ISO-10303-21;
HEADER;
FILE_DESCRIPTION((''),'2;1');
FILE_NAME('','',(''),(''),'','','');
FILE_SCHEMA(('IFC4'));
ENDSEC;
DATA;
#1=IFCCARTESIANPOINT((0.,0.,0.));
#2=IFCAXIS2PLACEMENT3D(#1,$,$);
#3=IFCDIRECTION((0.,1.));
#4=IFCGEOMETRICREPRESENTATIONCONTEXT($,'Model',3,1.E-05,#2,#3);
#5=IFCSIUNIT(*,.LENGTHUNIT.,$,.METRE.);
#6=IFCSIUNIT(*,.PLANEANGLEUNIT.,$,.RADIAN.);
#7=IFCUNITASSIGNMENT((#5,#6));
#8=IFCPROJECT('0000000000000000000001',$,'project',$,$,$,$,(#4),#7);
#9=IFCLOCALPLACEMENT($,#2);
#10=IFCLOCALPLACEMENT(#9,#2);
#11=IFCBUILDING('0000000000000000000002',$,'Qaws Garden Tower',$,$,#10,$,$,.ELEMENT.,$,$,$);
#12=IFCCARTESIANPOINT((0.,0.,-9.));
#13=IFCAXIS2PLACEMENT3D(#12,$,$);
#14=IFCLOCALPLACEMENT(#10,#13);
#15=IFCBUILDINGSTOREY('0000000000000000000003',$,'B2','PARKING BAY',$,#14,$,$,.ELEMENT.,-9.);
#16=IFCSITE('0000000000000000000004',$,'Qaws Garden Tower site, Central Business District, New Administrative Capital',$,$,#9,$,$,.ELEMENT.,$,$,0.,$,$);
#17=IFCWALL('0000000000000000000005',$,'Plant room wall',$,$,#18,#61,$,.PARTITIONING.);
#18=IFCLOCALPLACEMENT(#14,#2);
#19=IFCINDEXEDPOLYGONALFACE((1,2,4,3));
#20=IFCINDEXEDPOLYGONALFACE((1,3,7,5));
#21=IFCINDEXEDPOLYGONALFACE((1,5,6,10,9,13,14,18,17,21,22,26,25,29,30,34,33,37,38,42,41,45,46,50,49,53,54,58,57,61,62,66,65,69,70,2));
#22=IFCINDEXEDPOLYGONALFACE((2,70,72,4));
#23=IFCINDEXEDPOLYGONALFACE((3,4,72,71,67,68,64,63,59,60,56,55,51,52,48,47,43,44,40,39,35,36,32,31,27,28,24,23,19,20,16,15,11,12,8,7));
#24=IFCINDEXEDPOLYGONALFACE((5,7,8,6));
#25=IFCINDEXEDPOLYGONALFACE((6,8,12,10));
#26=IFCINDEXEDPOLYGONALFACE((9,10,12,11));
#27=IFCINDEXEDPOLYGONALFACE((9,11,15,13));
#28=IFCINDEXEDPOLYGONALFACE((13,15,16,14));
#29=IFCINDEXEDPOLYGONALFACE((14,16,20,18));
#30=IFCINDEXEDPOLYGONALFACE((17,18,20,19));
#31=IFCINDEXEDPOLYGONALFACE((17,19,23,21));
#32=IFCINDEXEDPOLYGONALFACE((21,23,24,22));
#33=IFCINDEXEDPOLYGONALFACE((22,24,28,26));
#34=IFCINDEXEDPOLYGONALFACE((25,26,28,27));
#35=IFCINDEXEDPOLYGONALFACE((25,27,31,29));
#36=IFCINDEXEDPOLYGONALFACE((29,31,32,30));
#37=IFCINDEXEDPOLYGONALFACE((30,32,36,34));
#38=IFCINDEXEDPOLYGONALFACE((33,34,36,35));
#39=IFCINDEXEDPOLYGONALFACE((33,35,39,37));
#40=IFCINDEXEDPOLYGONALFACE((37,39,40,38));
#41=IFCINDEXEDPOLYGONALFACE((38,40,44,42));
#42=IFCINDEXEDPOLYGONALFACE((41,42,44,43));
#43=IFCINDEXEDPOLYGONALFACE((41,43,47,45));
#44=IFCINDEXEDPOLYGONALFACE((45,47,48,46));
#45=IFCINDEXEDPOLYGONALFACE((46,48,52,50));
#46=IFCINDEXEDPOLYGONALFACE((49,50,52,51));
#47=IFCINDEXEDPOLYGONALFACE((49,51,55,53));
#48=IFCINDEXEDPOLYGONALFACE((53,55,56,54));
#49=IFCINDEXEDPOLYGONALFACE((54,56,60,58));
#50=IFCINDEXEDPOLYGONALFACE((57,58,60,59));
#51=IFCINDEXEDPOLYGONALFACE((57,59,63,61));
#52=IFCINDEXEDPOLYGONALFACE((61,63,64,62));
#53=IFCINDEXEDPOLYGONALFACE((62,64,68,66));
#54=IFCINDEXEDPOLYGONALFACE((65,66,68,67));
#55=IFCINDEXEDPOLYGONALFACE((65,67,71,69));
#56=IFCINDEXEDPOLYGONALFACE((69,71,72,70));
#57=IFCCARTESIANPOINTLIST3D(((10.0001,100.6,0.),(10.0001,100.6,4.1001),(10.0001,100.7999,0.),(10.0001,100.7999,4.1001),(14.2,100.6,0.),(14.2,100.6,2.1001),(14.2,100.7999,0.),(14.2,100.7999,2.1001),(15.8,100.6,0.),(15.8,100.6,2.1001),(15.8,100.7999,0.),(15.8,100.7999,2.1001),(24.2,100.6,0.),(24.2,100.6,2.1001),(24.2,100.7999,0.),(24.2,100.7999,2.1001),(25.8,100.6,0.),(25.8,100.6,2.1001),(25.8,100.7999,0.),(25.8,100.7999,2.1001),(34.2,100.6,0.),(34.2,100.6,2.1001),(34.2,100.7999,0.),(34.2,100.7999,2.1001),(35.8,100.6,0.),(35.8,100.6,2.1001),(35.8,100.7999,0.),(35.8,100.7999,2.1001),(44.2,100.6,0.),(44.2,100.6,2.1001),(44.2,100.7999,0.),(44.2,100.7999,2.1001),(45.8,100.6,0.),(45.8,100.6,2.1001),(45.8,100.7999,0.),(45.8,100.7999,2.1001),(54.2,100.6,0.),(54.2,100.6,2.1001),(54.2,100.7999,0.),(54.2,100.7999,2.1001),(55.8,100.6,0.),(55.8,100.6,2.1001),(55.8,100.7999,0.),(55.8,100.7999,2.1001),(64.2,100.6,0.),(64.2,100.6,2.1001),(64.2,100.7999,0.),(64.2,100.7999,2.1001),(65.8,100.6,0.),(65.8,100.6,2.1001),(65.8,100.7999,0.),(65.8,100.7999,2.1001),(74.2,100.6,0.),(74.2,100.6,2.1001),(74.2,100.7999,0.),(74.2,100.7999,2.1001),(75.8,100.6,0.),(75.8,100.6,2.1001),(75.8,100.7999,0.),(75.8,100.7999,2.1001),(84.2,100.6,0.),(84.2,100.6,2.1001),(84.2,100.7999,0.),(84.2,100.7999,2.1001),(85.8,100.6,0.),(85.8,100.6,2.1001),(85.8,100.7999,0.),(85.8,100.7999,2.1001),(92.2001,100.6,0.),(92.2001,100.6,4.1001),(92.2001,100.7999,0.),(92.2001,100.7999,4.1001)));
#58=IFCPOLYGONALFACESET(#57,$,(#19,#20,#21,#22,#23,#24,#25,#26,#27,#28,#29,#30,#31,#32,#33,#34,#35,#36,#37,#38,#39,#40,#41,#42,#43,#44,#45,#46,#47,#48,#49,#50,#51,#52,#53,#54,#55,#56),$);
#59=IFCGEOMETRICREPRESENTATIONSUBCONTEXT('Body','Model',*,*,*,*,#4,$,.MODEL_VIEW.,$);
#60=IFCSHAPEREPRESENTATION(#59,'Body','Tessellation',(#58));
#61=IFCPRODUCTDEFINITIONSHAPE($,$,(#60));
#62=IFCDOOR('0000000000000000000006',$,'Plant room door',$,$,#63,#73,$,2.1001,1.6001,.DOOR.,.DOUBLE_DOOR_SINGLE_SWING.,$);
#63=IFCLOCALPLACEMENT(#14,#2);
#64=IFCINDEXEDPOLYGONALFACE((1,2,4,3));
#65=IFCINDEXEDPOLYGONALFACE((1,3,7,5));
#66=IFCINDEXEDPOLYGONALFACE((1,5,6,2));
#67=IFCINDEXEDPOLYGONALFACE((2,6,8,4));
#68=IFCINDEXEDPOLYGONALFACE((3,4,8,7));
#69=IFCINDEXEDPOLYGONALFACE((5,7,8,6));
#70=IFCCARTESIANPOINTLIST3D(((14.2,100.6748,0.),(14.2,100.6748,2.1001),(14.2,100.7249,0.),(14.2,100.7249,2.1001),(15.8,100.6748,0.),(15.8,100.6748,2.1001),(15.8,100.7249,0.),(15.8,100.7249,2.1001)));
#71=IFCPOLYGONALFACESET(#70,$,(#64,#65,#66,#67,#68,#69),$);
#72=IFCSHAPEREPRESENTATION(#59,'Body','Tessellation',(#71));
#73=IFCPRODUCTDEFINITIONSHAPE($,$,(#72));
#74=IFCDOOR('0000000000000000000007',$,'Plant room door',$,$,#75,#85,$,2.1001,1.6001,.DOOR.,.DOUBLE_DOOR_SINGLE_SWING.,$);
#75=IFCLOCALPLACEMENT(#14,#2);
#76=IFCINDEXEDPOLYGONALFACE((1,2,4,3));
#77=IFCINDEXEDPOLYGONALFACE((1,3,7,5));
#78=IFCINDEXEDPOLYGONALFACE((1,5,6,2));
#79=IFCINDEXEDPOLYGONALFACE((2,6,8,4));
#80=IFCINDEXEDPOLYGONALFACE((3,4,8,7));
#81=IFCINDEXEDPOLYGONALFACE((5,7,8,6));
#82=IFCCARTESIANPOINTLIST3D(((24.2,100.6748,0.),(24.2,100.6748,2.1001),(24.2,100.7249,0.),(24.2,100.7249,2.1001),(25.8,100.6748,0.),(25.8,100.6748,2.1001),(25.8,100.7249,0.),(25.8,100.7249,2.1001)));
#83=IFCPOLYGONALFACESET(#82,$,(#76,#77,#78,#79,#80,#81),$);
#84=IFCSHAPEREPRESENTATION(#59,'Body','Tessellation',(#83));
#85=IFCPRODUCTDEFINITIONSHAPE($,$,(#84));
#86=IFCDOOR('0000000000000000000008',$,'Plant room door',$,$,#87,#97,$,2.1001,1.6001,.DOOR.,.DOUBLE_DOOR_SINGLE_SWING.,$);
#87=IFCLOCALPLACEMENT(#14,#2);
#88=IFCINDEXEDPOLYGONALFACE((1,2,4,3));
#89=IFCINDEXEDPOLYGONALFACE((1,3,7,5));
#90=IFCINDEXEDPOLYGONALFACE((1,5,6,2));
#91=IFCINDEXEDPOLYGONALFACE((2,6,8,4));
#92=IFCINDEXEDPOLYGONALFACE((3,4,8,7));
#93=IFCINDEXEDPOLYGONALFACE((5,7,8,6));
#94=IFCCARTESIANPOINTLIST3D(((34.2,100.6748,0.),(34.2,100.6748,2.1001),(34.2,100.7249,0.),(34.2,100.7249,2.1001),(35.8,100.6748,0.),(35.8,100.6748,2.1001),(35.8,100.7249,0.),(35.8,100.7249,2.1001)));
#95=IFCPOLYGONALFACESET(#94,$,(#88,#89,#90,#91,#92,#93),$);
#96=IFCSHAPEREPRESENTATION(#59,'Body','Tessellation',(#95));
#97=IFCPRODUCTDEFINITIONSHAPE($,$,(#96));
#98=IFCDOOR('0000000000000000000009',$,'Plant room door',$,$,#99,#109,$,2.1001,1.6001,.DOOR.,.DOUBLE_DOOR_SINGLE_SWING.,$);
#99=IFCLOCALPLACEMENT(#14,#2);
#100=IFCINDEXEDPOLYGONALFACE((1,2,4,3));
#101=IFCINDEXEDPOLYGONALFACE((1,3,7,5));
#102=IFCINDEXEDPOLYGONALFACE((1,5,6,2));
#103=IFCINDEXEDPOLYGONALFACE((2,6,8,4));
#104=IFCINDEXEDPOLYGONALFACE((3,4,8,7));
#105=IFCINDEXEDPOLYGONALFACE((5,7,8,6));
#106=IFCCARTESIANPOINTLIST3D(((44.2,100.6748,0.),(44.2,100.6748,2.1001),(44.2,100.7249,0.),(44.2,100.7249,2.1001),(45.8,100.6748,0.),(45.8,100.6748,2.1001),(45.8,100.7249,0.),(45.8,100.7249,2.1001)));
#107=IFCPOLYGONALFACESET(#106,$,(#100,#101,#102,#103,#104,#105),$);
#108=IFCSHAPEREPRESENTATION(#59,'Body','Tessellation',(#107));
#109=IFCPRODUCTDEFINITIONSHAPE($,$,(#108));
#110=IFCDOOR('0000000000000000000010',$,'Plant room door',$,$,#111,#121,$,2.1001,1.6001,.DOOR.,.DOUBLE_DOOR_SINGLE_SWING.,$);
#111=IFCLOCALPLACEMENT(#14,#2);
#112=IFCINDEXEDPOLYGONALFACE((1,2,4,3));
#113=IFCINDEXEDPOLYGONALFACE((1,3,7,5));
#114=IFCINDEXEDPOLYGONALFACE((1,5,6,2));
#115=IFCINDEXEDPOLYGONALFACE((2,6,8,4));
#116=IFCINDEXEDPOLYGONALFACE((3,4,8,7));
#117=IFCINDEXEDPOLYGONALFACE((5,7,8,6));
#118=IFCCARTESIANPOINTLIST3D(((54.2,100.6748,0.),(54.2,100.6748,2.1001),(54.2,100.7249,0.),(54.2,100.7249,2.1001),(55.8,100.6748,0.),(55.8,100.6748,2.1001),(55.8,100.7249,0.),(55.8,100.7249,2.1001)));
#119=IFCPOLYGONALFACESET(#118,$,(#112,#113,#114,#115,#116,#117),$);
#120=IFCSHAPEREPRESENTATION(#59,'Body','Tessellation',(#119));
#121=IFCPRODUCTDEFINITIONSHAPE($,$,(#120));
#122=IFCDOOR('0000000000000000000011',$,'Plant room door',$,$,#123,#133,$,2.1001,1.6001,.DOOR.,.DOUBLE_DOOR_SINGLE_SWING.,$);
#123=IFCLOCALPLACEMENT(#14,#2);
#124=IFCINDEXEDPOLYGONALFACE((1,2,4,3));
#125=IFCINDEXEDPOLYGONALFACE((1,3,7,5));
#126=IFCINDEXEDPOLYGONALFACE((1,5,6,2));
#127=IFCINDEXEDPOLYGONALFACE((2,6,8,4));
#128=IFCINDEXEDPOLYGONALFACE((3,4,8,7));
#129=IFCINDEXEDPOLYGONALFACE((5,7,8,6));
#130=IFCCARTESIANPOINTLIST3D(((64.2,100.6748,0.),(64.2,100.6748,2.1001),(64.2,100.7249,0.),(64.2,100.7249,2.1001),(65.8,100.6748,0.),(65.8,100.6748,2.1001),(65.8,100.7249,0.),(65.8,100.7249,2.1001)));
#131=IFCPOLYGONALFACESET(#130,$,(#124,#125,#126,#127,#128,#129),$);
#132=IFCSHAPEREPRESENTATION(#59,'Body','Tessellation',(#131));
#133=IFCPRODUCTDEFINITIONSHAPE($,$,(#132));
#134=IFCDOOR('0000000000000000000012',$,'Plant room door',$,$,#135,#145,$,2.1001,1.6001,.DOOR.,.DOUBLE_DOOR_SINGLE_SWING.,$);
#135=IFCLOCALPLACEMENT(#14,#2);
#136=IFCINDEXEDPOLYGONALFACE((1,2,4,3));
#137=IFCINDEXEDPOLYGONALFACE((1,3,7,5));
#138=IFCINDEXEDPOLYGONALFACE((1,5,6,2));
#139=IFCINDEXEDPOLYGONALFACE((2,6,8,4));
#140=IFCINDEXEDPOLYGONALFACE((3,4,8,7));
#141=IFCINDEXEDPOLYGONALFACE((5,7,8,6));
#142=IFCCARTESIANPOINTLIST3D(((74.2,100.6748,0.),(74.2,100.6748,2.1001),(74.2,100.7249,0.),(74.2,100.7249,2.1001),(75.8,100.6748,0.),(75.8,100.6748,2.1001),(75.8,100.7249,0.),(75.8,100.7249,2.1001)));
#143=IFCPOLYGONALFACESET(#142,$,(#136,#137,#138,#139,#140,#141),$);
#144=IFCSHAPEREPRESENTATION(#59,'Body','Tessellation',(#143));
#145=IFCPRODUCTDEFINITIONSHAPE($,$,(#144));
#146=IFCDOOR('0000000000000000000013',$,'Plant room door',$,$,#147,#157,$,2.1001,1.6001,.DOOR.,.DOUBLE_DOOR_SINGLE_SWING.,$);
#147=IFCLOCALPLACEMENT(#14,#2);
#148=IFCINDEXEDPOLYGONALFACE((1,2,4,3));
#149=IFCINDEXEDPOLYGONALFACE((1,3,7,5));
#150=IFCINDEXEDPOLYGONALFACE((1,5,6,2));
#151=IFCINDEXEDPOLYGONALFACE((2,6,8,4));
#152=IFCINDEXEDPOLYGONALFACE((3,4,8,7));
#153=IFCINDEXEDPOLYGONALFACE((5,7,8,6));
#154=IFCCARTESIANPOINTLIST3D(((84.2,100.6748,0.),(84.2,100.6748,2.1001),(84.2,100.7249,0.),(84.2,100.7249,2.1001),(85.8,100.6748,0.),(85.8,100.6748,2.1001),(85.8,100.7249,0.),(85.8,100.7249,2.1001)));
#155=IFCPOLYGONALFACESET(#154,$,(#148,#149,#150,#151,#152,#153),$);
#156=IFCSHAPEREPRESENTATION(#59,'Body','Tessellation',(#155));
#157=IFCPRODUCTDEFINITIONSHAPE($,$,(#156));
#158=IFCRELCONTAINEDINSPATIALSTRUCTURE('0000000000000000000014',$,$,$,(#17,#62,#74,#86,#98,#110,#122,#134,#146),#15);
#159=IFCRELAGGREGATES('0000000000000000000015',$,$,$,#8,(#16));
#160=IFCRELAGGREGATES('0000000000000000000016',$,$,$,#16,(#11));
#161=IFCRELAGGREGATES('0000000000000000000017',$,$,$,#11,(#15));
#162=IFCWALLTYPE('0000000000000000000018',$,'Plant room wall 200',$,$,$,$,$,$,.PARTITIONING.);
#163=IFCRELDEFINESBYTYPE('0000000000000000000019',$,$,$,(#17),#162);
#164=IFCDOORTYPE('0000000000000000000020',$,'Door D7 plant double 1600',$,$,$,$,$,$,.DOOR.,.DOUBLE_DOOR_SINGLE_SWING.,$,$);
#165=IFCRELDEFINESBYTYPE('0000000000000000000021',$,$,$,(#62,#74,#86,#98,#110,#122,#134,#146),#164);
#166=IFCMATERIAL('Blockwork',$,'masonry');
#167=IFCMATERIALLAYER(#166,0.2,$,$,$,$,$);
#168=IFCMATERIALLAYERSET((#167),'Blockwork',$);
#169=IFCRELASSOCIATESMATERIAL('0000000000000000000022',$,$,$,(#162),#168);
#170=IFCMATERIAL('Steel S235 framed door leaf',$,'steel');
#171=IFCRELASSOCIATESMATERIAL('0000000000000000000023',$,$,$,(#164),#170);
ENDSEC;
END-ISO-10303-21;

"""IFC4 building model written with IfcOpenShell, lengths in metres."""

from ifc_helpers import new_model, si_unit, direction, frame, frame_2d, origin, place, context, subcontext, project, spatial, rectangle, extrude, material, layer, layer_set, type_object, element, fill, save


model = new_model("IFC4")

# Units and contexts
model_context = context("Model", 3, precision=1e-05, world=origin(), true_north=direction((0.0, 1.0)))
body_context = subcontext(model_context, "Body", "Model", "MODEL_VIEW")
ifc_project = project(units=[si_unit("LENGTHUNIT", "METRE"), si_unit("PLANEANGLEUNIT", "RADIAN")], contexts=[model_context])

# Site, building, storey
site_placement = place(None, origin())
site = spatial("IfcSite", under=ifc_project, at=site_placement, Name="Qaws Garden Tower site, Central Business District, New Administrative Capital", CompositionType="ELEMENT", RefElevation=0.0)
building_placement = place(site_placement, origin())
building = spatial("IfcBuilding", under=site, at=building_placement, Name="Qaws Garden Tower", CompositionType="ELEMENT")
storey_placement = place(building_placement, frame((0.0, 0.0, -9.0)))
storey = spatial("IfcBuildingStorey", under=building, at=storey_placement, Name="B2", Description="PARKING BAY", CompositionType="ELEMENT", Elevation=-9.0)

# Wall, openings, doors
ifc_material_1 = material(Name="Blockwork", Category="masonry")
ifc_layer_1 = layer(ifc_material_1, 0.2)
ifc_layer_set_1 = layer_set([ifc_layer_1], Name="Blockwork")
wall_type_1 = type_object("IfcWallType", Name="Plant room wall 200", PredefinedType="PARTITIONING", material=ifc_layer_set_1)
wall_1_placement = place(storey_placement, frame((10.0, 100.7, 0.0), z_axis=(0.0, 0.0, 1.0), x_axis=(1.0, 0.0, 0.0)))
wall_1 = element("IfcWall", 1, at=wall_1_placement, inside=storey, type_object=wall_type_1, Name="Plant room wall", PredefinedType="PARTITIONING", context=body_context, shape_type="SweptSolid", body=[
    extrude(rectangle(XDim=82.2, YDim=0.2, at=frame_2d((41.1001, 0.0))), origin(), (0.0, 0.0, 1.0), 4.1001),
])
opening_1_placement = place(wall_1_placement, frame((4.2, 0.0, 0.0)))
opening_1 = element("IfcOpeningElement", 2, at=opening_1_placement, cuts=wall_1, PredefinedType="OPENING", context=body_context, shape_type="SweptSolid", body=[
    extrude(rectangle(XDim=1.6001, YDim=2.1001, at=frame_2d((0.8, 1.05))), frame((0.0, 0.1099, 0.0), z_axis=(0.0, -1.0, 0.0), x_axis=(1.0, 0.0, 0.0)), (0.0, 0.0, 1.0), 0.22),
])
opening_2_placement = place(wall_1_placement, frame((14.2, 0.0, 0.0)))
opening_2 = element("IfcOpeningElement", 3, at=opening_2_placement, cuts=wall_1, PredefinedType="OPENING", context=body_context, shape_type="SweptSolid", body=[
    extrude(rectangle(XDim=1.6001, YDim=2.1001, at=frame_2d((0.8, 1.05))), frame((0.0, 0.1099, 0.0), z_axis=(0.0, -1.0, 0.0), x_axis=(1.0, 0.0, 0.0)), (0.0, 0.0, 1.0), 0.22),
])
opening_3_placement = place(wall_1_placement, frame((24.2, 0.0, 0.0)))
opening_3 = element("IfcOpeningElement", 4, at=opening_3_placement, cuts=wall_1, PredefinedType="OPENING", context=body_context, shape_type="SweptSolid", body=[
    extrude(rectangle(XDim=1.6001, YDim=2.1001, at=frame_2d((0.8, 1.05))), frame((0.0, 0.1099, 0.0), z_axis=(0.0, -1.0, 0.0), x_axis=(1.0, 0.0, 0.0)), (0.0, 0.0, 1.0), 0.22),
])
opening_4_placement = place(wall_1_placement, frame((34.2, 0.0, 0.0)))
opening_4 = element("IfcOpeningElement", 5, at=opening_4_placement, cuts=wall_1, PredefinedType="OPENING", context=body_context, shape_type="SweptSolid", body=[
    extrude(rectangle(XDim=1.6001, YDim=2.1001, at=frame_2d((0.8, 1.05))), frame((0.0, 0.1099, 0.0), z_axis=(0.0, -1.0, 0.0), x_axis=(1.0, 0.0, 0.0)), (0.0, 0.0, 1.0), 0.22),
])
opening_5_placement = place(wall_1_placement, frame((44.2, 0.0, 0.0)))
opening_5 = element("IfcOpeningElement", 6, at=opening_5_placement, cuts=wall_1, PredefinedType="OPENING", context=body_context, shape_type="SweptSolid", body=[
    extrude(rectangle(XDim=1.6001, YDim=2.1001, at=frame_2d((0.8, 1.05))), frame((0.0, 0.1099, 0.0), z_axis=(0.0, -1.0, 0.0), x_axis=(1.0, 0.0, 0.0)), (0.0, 0.0, 1.0), 0.22),
])
opening_6_placement = place(wall_1_placement, frame((54.2, 0.0, 0.0)))
opening_6 = element("IfcOpeningElement", 7, at=opening_6_placement, cuts=wall_1, PredefinedType="OPENING", context=body_context, shape_type="SweptSolid", body=[
    extrude(rectangle(XDim=1.6001, YDim=2.1001, at=frame_2d((0.8, 1.05))), frame((0.0, 0.1099, 0.0), z_axis=(0.0, -1.0, 0.0), x_axis=(1.0, 0.0, 0.0)), (0.0, 0.0, 1.0), 0.22),
])
opening_7_placement = place(wall_1_placement, frame((64.2, 0.0, 0.0)))
opening_7 = element("IfcOpeningElement", 8, at=opening_7_placement, cuts=wall_1, PredefinedType="OPENING", context=body_context, shape_type="SweptSolid", body=[
    extrude(rectangle(XDim=1.6001, YDim=2.1001, at=frame_2d((0.8, 1.05))), frame((0.0, 0.1099, 0.0), z_axis=(0.0, -1.0, 0.0), x_axis=(1.0, 0.0, 0.0)), (0.0, 0.0, 1.0), 0.22),
])
opening_8_placement = place(wall_1_placement, frame((74.2, 0.0, 0.0)))
opening_8 = element("IfcOpeningElement", 9, at=opening_8_placement, cuts=wall_1, PredefinedType="OPENING", context=body_context, shape_type="SweptSolid", body=[
    extrude(rectangle(XDim=1.6001, YDim=2.1001, at=frame_2d((0.8, 1.05))), frame((0.0, 0.1099, 0.0), z_axis=(0.0, -1.0, 0.0), x_axis=(1.0, 0.0, 0.0)), (0.0, 0.0, 1.0), 0.22),
])
ifc_material_2 = material(Name="Steel S235 framed door leaf", Category="steel")
door_type_1 = type_object("IfcDoorType", Name="Door D7 plant double 1600", OperationType="DOUBLE_DOOR_SINGLE_SWING", PredefinedType="DOOR", material=ifc_material_2)
door_1_placement = place(opening_1_placement, origin())
door_1 = element("IfcDoor", 10, at=door_1_placement, inside=storey, type_object=door_type_1, Name="Plant room door", OperationType="DOUBLE_DOOR_SINGLE_SWING", OverallHeight=2.1001, OverallWidth=1.6001, PredefinedType="DOOR", context=body_context, shape_type="SweptSolid", body=[
    extrude(rectangle(XDim=1.6001, YDim=2.1001, at=frame_2d((0.8, 1.05))), frame((0.0, 0.0249, 0.0), z_axis=(0.0, -1.0, 0.0), x_axis=(1.0, 0.0, 0.0)), (0.0, 0.0, 1.0), 0.05),
])
fill(opening_1, door_1)
door_2_placement = place(opening_2_placement, origin())
door_2 = element("IfcDoor", 11, at=door_2_placement, inside=storey, type_object=door_type_1, Name="Plant room door", OperationType="DOUBLE_DOOR_SINGLE_SWING", OverallHeight=2.1001, OverallWidth=1.6001, PredefinedType="DOOR", context=body_context, shape_type="SweptSolid", body=[
    extrude(rectangle(XDim=1.6001, YDim=2.1001, at=frame_2d((0.8, 1.05))), frame((0.0, 0.0249, 0.0), z_axis=(0.0, -1.0, 0.0), x_axis=(1.0, 0.0, 0.0)), (0.0, 0.0, 1.0), 0.05),
])
fill(opening_2, door_2)
door_3_placement = place(opening_3_placement, origin())
door_3 = element("IfcDoor", 12, at=door_3_placement, inside=storey, type_object=door_type_1, Name="Plant room door", OperationType="DOUBLE_DOOR_SINGLE_SWING", OverallHeight=2.1001, OverallWidth=1.6001, PredefinedType="DOOR", context=body_context, shape_type="SweptSolid", body=[
    extrude(rectangle(XDim=1.6001, YDim=2.1001, at=frame_2d((0.8, 1.05))), frame((0.0, 0.0249, 0.0), z_axis=(0.0, -1.0, 0.0), x_axis=(1.0, 0.0, 0.0)), (0.0, 0.0, 1.0), 0.05),
])
fill(opening_3, door_3)
door_4_placement = place(opening_4_placement, origin())
door_4 = element("IfcDoor", 13, at=door_4_placement, inside=storey, type_object=door_type_1, Name="Plant room door", OperationType="DOUBLE_DOOR_SINGLE_SWING", OverallHeight=2.1001, OverallWidth=1.6001, PredefinedType="DOOR", context=body_context, shape_type="SweptSolid", body=[
    extrude(rectangle(XDim=1.6001, YDim=2.1001, at=frame_2d((0.8, 1.05))), frame((0.0, 0.0249, 0.0), z_axis=(0.0, -1.0, 0.0), x_axis=(1.0, 0.0, 0.0)), (0.0, 0.0, 1.0), 0.05),
])
fill(opening_4, door_4)
door_5_placement = place(opening_5_placement, origin())
door_5 = element("IfcDoor", 14, at=door_5_placement, inside=storey, type_object=door_type_1, Name="Plant room door", OperationType="DOUBLE_DOOR_SINGLE_SWING", OverallHeight=2.1001, OverallWidth=1.6001, PredefinedType="DOOR", context=body_context, shape_type="SweptSolid", body=[
    extrude(rectangle(XDim=1.6001, YDim=2.1001, at=frame_2d((0.8, 1.05))), frame((0.0, 0.0249, 0.0), z_axis=(0.0, -1.0, 0.0), x_axis=(1.0, 0.0, 0.0)), (0.0, 0.0, 1.0), 0.05),
])
fill(opening_5, door_5)
door_6_placement = place(opening_6_placement, origin())
door_6 = element("IfcDoor", 15, at=door_6_placement, inside=storey, type_object=door_type_1, Name="Plant room door", OperationType="DOUBLE_DOOR_SINGLE_SWING", OverallHeight=2.1001, OverallWidth=1.6001, PredefinedType="DOOR", context=body_context, shape_type="SweptSolid", body=[
    extrude(rectangle(XDim=1.6001, YDim=2.1001, at=frame_2d((0.8, 1.05))), frame((0.0, 0.0249, 0.0), z_axis=(0.0, -1.0, 0.0), x_axis=(1.0, 0.0, 0.0)), (0.0, 0.0, 1.0), 0.05),
])
fill(opening_6, door_6)
door_7_placement = place(opening_7_placement, origin())
door_7 = element("IfcDoor", 16, at=door_7_placement, inside=storey, type_object=door_type_1, Name="Plant room door", OperationType="DOUBLE_DOOR_SINGLE_SWING", OverallHeight=2.1001, OverallWidth=1.6001, PredefinedType="DOOR", context=body_context, shape_type="SweptSolid", body=[
    extrude(rectangle(XDim=1.6001, YDim=2.1001, at=frame_2d((0.8, 1.05))), frame((0.0, 0.0249, 0.0), z_axis=(0.0, -1.0, 0.0), x_axis=(1.0, 0.0, 0.0)), (0.0, 0.0, 1.0), 0.05),
])
fill(opening_7, door_7)
door_8_placement = place(opening_8_placement, origin())
door_8 = element("IfcDoor", 17, at=door_8_placement, inside=storey, type_object=door_type_1, Name="Plant room door", OperationType="DOUBLE_DOOR_SINGLE_SWING", OverallHeight=2.1001, OverallWidth=1.6001, PredefinedType="DOOR", context=body_context, shape_type="SweptSolid", body=[
    extrude(rectangle(XDim=1.6001, YDim=2.1001, at=frame_2d((0.8, 1.05))), frame((0.0, 0.0249, 0.0), z_axis=(0.0, -1.0, 0.0), x_axis=(1.0, 0.0, 0.0)), (0.0, 0.0, 1.0), 0.05),
])
fill(opening_8, door_8)

save(model, "model.ifc")
